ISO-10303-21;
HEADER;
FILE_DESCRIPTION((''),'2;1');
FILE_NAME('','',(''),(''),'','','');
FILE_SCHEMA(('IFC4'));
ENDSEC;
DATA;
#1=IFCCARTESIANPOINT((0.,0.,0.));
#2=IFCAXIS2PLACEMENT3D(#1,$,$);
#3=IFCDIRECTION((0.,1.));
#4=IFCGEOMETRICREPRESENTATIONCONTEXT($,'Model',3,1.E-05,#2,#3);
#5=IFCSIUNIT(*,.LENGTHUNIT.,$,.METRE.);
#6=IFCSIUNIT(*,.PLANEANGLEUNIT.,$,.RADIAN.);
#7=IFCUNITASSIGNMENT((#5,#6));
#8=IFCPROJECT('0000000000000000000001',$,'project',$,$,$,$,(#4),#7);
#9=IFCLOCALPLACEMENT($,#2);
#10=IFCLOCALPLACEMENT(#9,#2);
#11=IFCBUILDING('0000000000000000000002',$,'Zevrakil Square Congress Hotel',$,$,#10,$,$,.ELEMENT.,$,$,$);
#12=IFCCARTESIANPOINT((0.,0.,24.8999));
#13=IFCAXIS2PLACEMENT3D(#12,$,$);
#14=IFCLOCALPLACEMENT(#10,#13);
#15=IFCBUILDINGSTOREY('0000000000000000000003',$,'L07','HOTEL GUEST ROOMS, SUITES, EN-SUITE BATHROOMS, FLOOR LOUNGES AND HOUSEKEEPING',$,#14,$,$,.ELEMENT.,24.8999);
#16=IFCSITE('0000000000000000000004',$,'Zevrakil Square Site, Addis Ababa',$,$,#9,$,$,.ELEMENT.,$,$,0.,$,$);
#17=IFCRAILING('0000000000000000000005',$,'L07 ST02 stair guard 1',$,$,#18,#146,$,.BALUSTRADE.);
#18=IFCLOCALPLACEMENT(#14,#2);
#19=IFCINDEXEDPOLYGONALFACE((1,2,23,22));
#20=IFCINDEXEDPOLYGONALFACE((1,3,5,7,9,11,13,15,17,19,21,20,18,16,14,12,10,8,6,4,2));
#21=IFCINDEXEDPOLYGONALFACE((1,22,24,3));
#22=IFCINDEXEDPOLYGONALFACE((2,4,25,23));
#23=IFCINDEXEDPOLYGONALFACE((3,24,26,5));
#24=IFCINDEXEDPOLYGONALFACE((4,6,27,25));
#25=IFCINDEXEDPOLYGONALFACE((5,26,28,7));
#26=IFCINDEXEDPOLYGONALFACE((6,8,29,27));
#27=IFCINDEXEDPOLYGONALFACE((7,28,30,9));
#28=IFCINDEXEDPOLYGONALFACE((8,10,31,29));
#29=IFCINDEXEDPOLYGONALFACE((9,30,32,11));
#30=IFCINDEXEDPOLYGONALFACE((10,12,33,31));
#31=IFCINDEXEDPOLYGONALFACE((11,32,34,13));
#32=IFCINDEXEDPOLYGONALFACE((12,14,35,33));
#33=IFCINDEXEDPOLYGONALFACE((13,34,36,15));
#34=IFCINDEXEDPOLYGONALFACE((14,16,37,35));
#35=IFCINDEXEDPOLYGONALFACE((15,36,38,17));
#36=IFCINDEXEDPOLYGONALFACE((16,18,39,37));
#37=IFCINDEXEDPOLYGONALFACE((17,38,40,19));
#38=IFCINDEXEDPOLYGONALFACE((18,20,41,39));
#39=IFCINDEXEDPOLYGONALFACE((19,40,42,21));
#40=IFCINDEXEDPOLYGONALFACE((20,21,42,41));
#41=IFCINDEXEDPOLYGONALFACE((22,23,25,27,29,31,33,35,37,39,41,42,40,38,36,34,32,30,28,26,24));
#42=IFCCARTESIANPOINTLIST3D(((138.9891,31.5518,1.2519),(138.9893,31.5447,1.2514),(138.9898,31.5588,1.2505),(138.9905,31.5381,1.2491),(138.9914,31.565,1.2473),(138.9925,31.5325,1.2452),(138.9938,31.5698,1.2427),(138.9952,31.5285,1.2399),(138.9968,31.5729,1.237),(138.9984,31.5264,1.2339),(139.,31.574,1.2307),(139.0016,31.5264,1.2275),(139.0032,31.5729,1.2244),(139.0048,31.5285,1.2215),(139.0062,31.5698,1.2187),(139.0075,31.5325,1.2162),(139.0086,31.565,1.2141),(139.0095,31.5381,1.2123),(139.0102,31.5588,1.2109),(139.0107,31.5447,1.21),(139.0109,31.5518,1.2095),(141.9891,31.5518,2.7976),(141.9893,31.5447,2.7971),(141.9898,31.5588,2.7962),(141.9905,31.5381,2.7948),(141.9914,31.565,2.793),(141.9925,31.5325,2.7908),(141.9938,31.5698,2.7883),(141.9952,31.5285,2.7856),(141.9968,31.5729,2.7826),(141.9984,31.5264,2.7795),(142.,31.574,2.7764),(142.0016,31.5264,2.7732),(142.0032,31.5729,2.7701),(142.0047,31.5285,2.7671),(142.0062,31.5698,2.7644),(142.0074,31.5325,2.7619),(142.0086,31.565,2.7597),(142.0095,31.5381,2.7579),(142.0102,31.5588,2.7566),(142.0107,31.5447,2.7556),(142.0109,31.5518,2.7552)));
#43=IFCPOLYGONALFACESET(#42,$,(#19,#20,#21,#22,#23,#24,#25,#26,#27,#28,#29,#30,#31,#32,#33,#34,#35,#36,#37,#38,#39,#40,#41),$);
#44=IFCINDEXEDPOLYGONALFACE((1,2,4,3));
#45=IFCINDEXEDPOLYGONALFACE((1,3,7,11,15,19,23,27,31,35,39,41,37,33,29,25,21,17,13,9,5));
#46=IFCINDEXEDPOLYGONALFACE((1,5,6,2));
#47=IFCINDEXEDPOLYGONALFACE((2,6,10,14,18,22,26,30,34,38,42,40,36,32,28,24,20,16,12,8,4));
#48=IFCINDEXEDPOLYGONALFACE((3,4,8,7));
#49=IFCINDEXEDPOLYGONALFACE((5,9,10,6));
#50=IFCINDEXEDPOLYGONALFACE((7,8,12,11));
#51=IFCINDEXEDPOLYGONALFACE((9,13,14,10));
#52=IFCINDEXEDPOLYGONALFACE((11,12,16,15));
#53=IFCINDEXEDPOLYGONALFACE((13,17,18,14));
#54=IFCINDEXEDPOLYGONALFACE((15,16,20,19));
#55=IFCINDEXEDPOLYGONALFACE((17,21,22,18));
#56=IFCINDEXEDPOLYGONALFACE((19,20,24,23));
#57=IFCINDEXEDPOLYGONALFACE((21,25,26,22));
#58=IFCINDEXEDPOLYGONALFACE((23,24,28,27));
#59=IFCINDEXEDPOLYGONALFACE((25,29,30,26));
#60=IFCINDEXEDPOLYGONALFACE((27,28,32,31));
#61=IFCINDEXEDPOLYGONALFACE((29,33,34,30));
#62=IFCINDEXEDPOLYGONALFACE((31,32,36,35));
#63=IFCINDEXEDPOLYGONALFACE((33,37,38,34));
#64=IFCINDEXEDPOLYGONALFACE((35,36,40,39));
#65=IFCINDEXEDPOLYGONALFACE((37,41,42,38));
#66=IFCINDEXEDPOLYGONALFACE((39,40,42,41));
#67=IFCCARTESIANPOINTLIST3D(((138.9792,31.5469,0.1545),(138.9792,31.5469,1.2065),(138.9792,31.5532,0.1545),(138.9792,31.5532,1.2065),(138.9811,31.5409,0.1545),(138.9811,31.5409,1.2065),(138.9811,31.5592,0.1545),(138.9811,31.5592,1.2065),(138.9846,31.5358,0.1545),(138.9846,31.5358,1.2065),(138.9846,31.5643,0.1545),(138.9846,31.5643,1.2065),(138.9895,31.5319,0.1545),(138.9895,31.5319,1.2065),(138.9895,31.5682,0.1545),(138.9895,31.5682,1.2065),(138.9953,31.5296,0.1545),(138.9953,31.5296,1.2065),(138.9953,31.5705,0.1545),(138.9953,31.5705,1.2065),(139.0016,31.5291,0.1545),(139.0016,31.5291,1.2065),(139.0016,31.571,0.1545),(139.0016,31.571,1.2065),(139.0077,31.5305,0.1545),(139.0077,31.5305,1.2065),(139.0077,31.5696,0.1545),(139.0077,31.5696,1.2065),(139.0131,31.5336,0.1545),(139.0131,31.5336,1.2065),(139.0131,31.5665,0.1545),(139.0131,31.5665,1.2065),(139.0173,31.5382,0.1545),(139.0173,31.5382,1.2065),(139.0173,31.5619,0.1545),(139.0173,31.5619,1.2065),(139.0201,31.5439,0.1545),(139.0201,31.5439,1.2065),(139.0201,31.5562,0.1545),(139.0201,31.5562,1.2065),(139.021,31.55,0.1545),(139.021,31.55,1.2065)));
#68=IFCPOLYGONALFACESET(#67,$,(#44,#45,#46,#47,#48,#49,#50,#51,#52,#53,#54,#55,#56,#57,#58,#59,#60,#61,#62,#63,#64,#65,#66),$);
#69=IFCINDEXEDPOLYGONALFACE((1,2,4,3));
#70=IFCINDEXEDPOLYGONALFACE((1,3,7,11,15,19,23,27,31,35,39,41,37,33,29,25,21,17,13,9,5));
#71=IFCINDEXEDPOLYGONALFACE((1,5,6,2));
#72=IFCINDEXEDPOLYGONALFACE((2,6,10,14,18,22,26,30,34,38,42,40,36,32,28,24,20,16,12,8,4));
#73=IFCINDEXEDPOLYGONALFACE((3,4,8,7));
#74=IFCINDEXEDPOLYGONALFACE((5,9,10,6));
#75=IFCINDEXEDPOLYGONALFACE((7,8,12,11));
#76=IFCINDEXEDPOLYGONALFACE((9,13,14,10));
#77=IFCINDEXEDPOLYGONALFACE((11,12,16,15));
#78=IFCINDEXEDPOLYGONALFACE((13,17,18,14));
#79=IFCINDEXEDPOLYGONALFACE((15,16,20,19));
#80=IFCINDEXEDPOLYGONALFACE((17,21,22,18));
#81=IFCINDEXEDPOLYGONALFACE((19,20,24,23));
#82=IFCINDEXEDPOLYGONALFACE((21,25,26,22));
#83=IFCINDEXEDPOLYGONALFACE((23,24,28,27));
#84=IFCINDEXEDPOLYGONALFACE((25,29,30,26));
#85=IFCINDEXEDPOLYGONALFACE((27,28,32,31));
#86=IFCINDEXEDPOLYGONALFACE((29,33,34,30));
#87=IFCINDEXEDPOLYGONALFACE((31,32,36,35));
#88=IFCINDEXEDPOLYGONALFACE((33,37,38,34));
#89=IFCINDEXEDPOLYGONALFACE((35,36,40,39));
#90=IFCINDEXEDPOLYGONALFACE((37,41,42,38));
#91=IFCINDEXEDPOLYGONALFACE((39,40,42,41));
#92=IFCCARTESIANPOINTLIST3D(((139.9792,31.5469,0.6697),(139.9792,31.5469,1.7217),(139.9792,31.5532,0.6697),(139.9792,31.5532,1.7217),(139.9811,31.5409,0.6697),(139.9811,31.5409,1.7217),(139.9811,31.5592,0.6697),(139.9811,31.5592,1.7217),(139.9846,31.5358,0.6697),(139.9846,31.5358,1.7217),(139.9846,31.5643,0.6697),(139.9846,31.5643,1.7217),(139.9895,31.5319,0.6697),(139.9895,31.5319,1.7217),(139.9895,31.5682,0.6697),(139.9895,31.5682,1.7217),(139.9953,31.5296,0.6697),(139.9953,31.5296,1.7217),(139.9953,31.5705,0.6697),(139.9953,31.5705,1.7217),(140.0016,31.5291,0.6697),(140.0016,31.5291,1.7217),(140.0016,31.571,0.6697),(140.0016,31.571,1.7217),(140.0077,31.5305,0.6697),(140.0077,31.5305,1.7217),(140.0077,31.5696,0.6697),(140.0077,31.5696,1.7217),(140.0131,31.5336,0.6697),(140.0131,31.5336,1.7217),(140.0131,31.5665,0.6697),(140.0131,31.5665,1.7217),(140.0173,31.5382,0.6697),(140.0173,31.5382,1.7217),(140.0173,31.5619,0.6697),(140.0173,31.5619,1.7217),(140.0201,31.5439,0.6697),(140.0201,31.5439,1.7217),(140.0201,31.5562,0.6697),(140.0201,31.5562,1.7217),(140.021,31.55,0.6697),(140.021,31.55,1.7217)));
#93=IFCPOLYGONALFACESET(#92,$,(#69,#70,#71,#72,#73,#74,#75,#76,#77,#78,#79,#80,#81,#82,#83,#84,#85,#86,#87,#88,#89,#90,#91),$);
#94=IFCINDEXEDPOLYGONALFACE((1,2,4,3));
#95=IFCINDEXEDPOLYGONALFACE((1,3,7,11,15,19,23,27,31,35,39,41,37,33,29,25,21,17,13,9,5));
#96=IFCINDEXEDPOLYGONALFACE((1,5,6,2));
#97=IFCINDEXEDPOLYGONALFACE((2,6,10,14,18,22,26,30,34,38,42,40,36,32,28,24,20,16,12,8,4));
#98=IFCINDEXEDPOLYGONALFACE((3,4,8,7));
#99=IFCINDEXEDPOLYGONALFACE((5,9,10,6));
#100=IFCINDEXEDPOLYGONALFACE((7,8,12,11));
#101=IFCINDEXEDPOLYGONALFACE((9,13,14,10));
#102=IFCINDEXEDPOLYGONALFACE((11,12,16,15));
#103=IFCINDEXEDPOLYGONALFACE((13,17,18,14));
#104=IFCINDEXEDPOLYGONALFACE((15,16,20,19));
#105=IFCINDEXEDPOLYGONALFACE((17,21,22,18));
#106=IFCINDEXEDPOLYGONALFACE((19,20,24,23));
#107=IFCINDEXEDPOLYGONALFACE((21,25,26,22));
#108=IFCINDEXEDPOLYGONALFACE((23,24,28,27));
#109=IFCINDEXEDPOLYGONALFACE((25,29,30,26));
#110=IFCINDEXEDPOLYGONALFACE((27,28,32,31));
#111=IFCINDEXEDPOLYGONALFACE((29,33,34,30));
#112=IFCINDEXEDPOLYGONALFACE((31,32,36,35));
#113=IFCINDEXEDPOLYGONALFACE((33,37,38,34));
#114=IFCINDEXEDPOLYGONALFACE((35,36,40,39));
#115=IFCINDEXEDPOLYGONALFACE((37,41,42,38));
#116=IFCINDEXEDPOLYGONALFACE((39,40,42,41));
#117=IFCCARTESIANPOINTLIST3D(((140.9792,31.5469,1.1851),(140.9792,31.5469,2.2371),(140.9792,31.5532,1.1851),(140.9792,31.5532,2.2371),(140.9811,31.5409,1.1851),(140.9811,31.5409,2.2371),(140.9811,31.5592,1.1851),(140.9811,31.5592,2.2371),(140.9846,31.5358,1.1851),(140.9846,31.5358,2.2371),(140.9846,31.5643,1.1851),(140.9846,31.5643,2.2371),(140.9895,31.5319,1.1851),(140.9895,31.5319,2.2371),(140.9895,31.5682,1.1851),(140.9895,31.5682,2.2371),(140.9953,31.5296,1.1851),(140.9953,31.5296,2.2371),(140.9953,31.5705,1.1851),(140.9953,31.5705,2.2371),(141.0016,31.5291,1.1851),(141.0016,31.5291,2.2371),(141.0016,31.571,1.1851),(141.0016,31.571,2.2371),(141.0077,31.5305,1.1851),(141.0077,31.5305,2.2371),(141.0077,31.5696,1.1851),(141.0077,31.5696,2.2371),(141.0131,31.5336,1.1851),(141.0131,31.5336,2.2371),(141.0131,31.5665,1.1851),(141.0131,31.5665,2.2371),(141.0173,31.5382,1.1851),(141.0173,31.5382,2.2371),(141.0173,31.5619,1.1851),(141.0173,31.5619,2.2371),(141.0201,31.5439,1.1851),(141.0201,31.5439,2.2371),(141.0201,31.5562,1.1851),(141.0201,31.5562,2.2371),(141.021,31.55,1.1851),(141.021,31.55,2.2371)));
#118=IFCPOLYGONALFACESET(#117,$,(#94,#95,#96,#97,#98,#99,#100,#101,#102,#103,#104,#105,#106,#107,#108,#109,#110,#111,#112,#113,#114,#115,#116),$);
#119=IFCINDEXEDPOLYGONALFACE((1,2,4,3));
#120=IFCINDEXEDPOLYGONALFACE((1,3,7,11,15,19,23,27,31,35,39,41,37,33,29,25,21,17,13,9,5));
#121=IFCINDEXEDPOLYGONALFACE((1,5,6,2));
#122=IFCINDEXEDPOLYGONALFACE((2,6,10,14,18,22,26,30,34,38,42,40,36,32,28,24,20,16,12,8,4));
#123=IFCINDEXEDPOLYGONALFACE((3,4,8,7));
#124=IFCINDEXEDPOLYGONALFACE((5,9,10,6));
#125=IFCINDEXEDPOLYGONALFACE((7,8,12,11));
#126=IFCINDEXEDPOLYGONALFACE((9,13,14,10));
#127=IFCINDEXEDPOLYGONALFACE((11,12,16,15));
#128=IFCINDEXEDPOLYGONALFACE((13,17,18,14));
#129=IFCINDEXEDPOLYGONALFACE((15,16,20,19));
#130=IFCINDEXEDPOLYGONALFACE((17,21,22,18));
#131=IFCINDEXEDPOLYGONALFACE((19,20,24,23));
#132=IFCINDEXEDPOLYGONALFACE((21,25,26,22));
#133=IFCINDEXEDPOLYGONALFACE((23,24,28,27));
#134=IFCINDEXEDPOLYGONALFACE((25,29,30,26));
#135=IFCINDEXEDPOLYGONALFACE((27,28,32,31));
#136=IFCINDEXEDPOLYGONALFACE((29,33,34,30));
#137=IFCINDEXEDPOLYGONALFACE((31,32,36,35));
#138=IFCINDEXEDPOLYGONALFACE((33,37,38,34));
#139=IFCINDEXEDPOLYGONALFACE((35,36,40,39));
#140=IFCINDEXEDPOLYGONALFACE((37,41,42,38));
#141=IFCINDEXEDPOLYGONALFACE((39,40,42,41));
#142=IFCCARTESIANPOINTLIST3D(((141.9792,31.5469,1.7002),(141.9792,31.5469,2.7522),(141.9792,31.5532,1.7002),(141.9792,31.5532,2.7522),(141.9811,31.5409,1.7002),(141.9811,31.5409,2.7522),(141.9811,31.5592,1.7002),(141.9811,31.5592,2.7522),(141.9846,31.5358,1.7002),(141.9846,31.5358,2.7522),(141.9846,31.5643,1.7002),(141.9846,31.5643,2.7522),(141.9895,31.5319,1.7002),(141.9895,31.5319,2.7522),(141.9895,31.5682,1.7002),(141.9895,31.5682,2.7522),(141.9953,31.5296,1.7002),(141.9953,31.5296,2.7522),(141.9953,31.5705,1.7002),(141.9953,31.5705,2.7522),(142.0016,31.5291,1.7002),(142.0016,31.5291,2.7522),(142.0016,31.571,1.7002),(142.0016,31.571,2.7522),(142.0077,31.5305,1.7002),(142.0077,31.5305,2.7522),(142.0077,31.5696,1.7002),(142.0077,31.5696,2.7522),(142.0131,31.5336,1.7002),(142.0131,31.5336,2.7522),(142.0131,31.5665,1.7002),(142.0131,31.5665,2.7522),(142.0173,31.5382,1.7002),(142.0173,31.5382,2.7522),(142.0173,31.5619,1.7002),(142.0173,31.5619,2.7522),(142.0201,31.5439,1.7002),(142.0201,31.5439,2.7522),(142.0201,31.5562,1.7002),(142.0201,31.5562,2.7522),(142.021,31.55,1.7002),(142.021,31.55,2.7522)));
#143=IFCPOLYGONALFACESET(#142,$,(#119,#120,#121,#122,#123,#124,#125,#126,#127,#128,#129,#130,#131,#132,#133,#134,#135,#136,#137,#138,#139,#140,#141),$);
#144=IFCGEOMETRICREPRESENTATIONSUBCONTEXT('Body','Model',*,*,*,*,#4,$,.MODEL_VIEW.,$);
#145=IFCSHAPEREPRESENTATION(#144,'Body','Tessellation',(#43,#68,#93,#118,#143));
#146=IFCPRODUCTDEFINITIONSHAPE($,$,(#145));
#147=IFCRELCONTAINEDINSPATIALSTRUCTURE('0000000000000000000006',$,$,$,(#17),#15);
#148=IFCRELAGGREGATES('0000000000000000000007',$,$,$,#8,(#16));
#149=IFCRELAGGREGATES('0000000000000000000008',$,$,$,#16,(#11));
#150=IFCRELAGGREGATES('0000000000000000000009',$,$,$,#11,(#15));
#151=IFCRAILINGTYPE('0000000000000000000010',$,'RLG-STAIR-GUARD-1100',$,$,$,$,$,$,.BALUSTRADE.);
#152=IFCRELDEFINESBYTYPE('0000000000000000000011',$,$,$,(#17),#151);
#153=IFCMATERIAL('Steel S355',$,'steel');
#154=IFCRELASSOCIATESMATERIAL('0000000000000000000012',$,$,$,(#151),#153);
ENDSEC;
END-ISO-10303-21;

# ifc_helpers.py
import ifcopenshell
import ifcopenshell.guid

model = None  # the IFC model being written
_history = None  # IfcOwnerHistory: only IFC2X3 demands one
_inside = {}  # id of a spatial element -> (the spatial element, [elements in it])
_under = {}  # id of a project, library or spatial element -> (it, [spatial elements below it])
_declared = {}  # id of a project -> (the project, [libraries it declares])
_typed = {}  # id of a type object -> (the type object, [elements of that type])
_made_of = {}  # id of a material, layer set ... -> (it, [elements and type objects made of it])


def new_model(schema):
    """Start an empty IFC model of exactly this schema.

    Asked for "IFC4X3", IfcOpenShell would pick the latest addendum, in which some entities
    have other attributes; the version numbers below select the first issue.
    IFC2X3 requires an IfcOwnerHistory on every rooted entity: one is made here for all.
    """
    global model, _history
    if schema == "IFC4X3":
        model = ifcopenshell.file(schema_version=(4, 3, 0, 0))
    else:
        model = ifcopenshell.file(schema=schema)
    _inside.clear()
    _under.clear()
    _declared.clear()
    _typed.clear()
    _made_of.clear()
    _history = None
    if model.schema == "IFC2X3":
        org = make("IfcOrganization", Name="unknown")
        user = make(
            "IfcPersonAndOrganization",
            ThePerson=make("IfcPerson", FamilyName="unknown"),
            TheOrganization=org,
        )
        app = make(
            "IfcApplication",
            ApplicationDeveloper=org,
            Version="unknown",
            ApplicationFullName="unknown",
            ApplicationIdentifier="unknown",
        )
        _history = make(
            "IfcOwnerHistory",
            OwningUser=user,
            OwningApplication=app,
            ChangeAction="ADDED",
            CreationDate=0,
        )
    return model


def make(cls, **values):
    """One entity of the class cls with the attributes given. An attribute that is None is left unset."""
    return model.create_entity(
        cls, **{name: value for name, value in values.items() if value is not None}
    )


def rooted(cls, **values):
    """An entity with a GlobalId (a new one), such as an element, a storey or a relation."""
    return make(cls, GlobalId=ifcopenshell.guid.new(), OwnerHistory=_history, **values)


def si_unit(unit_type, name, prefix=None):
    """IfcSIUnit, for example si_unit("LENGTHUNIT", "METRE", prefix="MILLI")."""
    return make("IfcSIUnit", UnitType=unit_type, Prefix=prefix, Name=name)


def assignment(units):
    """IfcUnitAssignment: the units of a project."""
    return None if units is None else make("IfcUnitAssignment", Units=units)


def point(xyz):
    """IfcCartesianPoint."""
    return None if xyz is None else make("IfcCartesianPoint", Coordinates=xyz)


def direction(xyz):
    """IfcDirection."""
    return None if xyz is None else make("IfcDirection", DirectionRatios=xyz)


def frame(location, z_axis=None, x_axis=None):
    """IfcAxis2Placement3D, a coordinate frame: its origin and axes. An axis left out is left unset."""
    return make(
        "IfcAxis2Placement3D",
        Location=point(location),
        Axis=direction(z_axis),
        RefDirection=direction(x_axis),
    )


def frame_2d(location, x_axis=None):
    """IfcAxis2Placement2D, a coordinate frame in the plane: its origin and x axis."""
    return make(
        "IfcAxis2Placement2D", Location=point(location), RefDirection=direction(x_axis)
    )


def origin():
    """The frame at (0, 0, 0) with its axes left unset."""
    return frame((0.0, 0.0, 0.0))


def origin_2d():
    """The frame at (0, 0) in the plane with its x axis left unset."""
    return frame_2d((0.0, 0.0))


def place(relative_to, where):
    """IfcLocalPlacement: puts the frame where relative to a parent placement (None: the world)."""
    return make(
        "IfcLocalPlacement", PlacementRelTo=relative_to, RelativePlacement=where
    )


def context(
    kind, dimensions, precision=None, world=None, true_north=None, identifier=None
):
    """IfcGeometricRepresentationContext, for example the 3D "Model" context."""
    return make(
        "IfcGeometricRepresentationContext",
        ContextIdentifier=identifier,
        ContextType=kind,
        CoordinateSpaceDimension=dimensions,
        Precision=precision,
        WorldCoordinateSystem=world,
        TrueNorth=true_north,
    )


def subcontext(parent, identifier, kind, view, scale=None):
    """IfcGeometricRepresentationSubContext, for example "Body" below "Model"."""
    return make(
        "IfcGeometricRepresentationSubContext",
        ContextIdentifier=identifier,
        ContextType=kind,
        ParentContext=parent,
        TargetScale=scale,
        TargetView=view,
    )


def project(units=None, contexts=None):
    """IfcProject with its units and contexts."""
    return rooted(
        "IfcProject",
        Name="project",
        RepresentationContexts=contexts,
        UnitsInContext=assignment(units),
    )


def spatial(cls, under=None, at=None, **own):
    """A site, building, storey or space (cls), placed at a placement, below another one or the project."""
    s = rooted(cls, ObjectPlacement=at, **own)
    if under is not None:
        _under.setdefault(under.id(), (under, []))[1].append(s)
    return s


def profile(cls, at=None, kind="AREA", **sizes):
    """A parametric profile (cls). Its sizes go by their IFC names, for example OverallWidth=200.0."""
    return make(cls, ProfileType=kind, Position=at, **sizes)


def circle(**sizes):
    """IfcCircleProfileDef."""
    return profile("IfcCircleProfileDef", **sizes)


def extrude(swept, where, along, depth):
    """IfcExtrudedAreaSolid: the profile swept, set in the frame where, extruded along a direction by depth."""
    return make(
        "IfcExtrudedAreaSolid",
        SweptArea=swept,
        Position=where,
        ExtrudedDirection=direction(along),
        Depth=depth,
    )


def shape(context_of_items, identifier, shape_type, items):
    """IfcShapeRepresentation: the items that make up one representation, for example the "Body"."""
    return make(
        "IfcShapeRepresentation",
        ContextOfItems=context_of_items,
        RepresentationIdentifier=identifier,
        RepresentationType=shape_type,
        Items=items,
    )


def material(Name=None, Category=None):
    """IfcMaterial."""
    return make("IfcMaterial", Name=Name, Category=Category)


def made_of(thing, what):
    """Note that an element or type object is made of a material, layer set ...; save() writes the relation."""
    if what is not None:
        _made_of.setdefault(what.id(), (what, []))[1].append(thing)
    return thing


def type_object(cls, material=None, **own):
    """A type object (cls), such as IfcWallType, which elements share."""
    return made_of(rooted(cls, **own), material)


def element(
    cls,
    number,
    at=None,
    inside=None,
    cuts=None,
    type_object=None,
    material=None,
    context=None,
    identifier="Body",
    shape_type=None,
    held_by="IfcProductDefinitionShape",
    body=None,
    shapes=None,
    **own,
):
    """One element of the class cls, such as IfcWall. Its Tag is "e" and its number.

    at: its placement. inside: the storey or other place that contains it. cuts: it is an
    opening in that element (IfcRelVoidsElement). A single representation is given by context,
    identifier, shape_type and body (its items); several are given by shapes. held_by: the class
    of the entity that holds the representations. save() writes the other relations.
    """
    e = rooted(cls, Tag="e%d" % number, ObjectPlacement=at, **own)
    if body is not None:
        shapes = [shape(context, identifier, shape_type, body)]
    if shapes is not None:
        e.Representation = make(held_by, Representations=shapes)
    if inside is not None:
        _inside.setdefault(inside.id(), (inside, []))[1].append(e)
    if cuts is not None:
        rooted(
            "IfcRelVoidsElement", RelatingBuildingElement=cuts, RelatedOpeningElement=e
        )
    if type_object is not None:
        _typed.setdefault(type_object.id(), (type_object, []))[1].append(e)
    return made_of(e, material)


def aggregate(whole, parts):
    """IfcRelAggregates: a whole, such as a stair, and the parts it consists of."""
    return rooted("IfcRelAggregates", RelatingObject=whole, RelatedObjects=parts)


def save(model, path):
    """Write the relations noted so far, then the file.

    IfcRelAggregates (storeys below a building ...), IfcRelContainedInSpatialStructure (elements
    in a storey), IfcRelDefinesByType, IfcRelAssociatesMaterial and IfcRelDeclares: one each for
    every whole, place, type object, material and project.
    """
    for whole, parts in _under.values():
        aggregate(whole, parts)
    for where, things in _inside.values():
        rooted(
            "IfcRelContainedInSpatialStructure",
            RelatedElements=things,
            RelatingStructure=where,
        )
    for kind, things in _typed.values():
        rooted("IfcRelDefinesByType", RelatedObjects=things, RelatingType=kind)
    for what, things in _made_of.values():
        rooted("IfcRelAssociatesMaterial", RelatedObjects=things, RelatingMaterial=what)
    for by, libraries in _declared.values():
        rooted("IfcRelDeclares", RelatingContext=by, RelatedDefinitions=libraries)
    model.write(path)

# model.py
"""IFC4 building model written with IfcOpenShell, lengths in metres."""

from ifc_helpers import new_model, si_unit, direction, frame, origin, origin_2d, place, context, subcontext, project, spatial, circle, extrude, material, type_object, element, save


model = new_model("IFC4")

# Units and contexts
model_context = context("Model", 3, precision=1e-05, world=origin(), true_north=direction((0.0, 1.0)))
body_context = subcontext(model_context, "Body", "Model", "MODEL_VIEW")
ifc_project = project(units=[si_unit("LENGTHUNIT", "METRE"), si_unit("PLANEANGLEUNIT", "RADIAN")], contexts=[model_context])

# Site, building, storey
site_placement = place(None, origin())
site = spatial("IfcSite", under=ifc_project, at=site_placement, Name="Zevrakil Square Site, Addis Ababa", CompositionType="ELEMENT", RefElevation=0.0)
building_placement = place(site_placement, origin())
building = spatial("IfcBuilding", under=site, at=building_placement, Name="Zevrakil Square Congress Hotel", CompositionType="ELEMENT")
storey_placement = place(building_placement, frame((0.0, 0.0, 24.8999)))
storey = spatial("IfcBuildingStorey", under=building, at=storey_placement, Name="L07", Description="HOTEL GUEST ROOMS, SUITES, EN-SUITE BATHROOMS, FLOOR LOUNGES AND HOUSEKEEPING", CompositionType="ELEMENT", Elevation=24.8999)

# Railing
ifc_material_1 = material(Name="Steel S355", Category="steel")
railing_type_1 = type_object("IfcRailingType", Name="RLG-STAIR-GUARD-1100", PredefinedType="BALUSTRADE", material=ifc_material_1)
railing_1_placement = place(storey_placement, frame((139.0, 31.55, 0.1545)))
element("IfcRailing", 1, at=railing_1_placement, inside=storey, type_object=railing_type_1, Name="L07 ST02 stair guard 1", PredefinedType="BALUSTRADE", context=body_context, shape_type="SweptSolid", body=[
    extrude(circle(Radius=0.0239, at=origin_2d()), frame((0.0, 0.0, 1.0762), z_axis=(0.88895, 0.0, 0.458003), x_axis=(0.0, 1.0, 0.0)), (0.0, 0.0, 1.0), 3.3748),
    extrude(circle(Radius=0.021, at=origin_2d()), origin(), (0.0, 0.0, 1.0), 1.052),
    extrude(circle(Radius=0.021, at=origin_2d()), frame((1.0, 0.0, 0.5151)), (0.0, 0.0, 1.0), 1.052),
    extrude(circle(Radius=0.021, at=origin_2d()), frame((2.0, 0.0, 1.0305)), (0.0, 0.0, 1.0), 1.052),
    extrude(circle(Radius=0.021, at=origin_2d()), frame((3.0, 0.0, 1.5457)), (0.0, 0.0, 1.0), 1.052),
])

save(model, "model.ifc")
